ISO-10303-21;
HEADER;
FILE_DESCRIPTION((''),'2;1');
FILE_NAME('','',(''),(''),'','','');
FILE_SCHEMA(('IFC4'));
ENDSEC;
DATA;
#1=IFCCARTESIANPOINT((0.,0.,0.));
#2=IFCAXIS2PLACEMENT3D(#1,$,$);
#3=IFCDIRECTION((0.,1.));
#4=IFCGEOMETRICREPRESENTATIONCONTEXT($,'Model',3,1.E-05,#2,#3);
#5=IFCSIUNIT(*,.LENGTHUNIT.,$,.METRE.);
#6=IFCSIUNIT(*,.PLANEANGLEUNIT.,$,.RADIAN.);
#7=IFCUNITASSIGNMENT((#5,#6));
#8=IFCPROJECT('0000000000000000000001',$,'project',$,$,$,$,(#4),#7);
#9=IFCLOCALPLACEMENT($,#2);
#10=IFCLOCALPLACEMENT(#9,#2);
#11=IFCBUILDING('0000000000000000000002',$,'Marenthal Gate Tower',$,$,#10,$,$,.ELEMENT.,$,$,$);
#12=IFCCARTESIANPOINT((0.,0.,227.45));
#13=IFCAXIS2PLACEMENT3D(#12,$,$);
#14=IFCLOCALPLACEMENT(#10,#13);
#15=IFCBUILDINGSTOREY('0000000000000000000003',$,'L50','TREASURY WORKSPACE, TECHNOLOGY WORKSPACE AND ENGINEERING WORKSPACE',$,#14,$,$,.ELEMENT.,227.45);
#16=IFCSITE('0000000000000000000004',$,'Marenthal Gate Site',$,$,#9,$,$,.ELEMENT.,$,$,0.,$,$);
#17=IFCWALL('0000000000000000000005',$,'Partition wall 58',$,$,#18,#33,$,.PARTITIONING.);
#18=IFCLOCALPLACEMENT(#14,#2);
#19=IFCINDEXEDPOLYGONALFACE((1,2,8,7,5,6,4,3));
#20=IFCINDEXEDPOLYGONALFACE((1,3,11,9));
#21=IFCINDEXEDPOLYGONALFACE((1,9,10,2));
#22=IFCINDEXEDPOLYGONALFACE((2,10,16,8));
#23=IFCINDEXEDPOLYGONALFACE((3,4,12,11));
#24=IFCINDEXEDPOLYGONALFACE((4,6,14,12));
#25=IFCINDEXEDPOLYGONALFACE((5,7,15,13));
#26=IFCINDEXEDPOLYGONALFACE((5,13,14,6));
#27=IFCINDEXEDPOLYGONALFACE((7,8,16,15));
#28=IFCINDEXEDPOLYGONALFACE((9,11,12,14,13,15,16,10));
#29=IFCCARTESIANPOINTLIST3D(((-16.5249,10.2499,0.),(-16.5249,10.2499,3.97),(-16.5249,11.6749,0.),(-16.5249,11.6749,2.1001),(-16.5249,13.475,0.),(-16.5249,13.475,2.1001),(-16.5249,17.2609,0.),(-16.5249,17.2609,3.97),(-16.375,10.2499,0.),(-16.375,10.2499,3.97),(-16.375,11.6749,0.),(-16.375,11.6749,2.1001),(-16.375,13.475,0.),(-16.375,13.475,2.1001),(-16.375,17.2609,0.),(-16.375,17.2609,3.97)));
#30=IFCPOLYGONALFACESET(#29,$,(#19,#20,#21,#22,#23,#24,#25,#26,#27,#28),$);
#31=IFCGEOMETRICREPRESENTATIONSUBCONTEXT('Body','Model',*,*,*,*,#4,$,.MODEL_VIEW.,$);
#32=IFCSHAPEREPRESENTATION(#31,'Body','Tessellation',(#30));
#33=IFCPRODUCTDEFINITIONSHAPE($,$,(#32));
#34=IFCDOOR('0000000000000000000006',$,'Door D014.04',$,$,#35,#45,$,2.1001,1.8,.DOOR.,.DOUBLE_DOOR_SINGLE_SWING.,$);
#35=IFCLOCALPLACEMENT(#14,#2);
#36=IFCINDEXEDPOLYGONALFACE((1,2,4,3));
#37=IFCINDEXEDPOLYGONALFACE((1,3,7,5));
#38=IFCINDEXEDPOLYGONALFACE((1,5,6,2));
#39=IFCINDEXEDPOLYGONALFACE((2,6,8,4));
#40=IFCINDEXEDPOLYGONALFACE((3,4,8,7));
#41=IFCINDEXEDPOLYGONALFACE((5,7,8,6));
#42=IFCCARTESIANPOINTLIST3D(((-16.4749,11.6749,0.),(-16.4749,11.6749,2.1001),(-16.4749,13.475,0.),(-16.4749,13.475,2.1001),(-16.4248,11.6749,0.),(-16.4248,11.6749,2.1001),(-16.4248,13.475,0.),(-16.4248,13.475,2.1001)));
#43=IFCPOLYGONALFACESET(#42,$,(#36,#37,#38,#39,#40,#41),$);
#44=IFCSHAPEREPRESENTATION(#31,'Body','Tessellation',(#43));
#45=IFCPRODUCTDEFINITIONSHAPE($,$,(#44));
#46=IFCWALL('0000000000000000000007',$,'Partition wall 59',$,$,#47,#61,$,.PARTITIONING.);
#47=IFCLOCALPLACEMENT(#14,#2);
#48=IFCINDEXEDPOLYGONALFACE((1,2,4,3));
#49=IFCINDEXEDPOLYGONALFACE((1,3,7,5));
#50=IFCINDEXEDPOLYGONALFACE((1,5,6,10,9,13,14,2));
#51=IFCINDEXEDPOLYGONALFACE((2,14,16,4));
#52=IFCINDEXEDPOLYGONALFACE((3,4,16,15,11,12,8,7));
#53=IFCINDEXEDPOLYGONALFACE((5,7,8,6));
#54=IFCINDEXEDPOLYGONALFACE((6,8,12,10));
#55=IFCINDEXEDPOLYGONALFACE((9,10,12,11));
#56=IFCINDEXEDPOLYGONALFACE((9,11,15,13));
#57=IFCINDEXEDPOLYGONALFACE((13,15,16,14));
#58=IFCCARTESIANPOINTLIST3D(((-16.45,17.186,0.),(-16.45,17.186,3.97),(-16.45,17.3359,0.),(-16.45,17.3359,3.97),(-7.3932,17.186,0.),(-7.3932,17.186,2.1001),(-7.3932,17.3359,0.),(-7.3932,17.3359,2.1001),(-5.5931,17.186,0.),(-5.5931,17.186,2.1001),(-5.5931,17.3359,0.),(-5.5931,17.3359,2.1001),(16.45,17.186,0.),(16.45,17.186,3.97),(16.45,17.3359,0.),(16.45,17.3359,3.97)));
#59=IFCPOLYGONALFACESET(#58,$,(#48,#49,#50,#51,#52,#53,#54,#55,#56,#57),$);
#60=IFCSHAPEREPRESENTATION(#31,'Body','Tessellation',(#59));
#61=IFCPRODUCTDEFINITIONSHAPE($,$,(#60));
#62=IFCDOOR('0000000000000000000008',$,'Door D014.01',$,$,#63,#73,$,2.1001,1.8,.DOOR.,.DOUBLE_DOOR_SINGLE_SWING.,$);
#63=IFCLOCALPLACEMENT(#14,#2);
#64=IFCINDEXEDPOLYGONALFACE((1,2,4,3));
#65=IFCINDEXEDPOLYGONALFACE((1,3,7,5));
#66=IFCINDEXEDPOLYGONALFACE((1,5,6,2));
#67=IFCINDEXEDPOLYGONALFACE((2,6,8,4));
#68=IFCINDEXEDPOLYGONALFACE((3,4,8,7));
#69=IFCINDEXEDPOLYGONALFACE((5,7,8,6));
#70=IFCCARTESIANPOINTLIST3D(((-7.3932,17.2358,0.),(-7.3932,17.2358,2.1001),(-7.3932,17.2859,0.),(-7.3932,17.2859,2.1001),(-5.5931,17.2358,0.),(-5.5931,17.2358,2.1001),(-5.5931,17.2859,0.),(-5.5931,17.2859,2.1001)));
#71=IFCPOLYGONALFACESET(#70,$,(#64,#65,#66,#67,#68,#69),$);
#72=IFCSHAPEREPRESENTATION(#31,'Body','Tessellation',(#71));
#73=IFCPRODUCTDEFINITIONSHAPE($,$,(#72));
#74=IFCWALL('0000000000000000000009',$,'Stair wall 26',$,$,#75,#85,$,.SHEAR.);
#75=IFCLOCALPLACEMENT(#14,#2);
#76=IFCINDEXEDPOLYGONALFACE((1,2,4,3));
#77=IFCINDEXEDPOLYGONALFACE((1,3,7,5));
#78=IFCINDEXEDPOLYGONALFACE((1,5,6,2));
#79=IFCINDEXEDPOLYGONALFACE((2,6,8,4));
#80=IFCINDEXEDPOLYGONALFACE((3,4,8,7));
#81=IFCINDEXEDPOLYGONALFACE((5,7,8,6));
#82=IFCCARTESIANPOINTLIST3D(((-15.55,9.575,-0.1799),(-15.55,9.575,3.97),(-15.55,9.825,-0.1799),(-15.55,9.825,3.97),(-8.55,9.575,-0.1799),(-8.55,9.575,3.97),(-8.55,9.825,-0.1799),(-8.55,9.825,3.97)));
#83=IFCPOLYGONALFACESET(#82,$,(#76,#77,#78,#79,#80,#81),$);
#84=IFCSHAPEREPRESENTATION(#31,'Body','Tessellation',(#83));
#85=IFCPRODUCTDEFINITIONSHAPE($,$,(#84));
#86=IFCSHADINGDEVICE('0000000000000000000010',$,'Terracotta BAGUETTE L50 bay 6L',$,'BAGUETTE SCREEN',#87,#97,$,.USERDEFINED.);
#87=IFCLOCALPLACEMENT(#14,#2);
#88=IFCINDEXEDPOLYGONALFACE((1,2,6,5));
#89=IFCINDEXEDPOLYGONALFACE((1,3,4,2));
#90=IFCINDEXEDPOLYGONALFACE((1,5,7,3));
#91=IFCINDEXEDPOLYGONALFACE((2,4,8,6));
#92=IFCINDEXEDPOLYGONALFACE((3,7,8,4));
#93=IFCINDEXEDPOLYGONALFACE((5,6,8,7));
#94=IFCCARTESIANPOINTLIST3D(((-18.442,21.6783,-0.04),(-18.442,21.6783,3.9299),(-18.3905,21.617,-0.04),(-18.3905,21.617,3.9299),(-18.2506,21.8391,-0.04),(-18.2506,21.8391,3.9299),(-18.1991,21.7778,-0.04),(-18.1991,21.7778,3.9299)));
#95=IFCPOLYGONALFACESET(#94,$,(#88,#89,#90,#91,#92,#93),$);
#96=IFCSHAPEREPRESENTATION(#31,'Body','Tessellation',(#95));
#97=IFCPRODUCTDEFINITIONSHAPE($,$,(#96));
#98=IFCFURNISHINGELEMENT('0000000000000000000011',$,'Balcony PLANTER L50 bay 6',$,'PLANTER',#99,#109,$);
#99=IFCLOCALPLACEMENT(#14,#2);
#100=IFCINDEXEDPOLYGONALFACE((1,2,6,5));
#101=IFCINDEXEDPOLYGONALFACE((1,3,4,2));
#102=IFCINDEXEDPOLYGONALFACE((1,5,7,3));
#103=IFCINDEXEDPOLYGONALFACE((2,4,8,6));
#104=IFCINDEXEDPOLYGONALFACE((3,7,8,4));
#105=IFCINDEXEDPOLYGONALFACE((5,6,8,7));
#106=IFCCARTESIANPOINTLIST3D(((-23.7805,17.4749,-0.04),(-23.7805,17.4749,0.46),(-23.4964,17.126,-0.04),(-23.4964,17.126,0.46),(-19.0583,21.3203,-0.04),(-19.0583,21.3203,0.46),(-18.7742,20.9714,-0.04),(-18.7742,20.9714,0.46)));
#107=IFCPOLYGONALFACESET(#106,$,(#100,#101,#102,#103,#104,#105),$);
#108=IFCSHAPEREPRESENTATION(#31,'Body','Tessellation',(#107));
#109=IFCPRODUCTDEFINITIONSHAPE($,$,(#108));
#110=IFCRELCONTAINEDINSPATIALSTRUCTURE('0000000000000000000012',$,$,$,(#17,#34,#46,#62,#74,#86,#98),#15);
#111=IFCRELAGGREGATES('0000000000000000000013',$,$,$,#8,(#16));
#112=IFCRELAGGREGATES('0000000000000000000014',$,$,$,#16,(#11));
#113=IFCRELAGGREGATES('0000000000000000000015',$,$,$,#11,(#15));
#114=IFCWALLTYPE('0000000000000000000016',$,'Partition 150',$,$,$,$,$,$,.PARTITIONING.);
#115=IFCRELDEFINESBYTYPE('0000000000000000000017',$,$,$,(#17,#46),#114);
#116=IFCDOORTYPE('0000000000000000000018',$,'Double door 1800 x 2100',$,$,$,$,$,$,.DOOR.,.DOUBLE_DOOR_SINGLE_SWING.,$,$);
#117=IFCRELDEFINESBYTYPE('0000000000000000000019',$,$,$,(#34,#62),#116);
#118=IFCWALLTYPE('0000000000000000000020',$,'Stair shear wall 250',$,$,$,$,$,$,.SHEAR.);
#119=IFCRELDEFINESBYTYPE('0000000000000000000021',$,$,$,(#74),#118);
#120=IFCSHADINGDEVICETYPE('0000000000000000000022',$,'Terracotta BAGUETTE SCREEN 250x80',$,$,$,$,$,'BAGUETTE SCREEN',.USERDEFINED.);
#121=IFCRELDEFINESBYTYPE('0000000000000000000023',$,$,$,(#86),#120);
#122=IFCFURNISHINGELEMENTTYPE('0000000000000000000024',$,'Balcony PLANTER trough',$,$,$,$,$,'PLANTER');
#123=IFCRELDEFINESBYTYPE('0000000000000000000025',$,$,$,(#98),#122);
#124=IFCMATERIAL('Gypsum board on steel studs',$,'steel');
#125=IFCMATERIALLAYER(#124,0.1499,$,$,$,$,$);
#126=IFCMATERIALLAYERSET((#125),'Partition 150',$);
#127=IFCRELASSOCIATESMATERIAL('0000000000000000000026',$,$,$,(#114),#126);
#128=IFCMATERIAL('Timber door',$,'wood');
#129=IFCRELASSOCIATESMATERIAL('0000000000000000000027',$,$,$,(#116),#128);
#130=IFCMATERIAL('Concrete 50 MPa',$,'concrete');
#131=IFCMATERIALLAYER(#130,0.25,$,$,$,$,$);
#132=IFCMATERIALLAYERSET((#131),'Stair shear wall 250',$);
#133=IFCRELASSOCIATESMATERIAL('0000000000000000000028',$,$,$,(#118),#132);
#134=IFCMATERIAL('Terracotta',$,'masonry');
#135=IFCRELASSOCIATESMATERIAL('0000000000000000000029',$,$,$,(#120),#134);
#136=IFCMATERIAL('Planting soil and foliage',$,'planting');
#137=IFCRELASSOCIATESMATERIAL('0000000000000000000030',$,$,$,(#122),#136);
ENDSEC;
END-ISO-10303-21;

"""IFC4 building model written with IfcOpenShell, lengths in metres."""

from ifc_helpers import new_model, si_unit, direction, frame, frame_2d, origin, origin_2d, place, context, subcontext, project, spatial, rectangle, extrude, material, layer, layer_set, material_profile, profile_set, type_object, element, fill, save


model = new_model("IFC4")

# Units and contexts
model_context = context("Model", 3, precision=1e-05, world=origin(), true_north=direction((0.0, 1.0)))
body_context = subcontext(model_context, "Body", "Model", "MODEL_VIEW")
ifc_project = project(units=[si_unit("LENGTHUNIT", "METRE"), si_unit("PLANEANGLEUNIT", "RADIAN")], contexts=[model_context])

# Site, building, storey
site_placement = place(None, origin())
site = spatial("IfcSite", under=ifc_project, at=site_placement, Name="Marenthal Gate Site", CompositionType="ELEMENT", RefElevation=0.0)
building_placement = place(site_placement, origin())
building = spatial("IfcBuilding", under=site, at=building_placement, Name="Marenthal Gate Tower", CompositionType="ELEMENT")
storey_placement = place(building_placement, frame((0.0, 0.0, 227.45)))
storey = spatial("IfcBuildingStorey", under=building, at=storey_placement, Name="L50", Description="TREASURY WORKSPACE, TECHNOLOGY WORKSPACE AND ENGINEERING WORKSPACE", CompositionType="ELEMENT", Elevation=227.45)

# Shared definitions
ifc_material_1 = material(Name="Gypsum board on steel studs", Category="steel")
ifc_layer_1 = layer(ifc_material_1, 0.1499)
ifc_layer_set_1 = layer_set([ifc_layer_1], Name="Partition 150")
wall_type_1 = type_object("IfcWallType", Name="Partition 150", PredefinedType="PARTITIONING", material=ifc_layer_set_1)

# Walls, openings, doors
wall_1_placement = place(storey_placement, frame((-16.45, 10.25, 0.0), z_axis=(0.0, 0.0, 1.0), x_axis=(0.0, 1.0, 0.0)))
wall_1 = element("IfcWall", 1, at=wall_1_placement, inside=storey, type_object=wall_type_1, Name="Partition wall 58", PredefinedType="PARTITIONING", context=body_context, shape_type="SweptSolid", body=[
    extrude(rectangle(XDim=7.011, YDim=0.1499, at=frame_2d((3.5054, 0.0))), origin(), (0.0, 0.0, 1.0), 3.97),
])
opening_1_placement = place(wall_1_placement, frame((1.425, 0.0, 0.0)))
opening_1 = element("IfcOpeningElement", 2, at=opening_1_placement, cuts=wall_1, PredefinedType="OPENING", context=body_context, shape_type="SweptSolid", body=[
    extrude(rectangle(XDim=1.8, YDim=2.1001, at=frame_2d((0.8999, 1.05))), frame((0.0, 0.085, 0.0), z_axis=(0.0, -1.0, 0.0), x_axis=(1.0, 0.0, 0.0)), (0.0, 0.0, 1.0), 0.1699),
])
ifc_material_2 = material(Name="Timber door", Category="wood")
door_type_1 = type_object("IfcDoorType", Name="Double door 1800 x 2100", OperationType="DOUBLE_DOOR_SINGLE_SWING", PredefinedType="DOOR", material=ifc_material_2)
door_1_placement = place(opening_1_placement, origin())
door_1 = element("IfcDoor", 3, at=door_1_placement, inside=storey, type_object=door_type_1, Name="Door D014.04", OperationType="DOUBLE_DOOR_SINGLE_SWING", OverallHeight=2.1001, OverallWidth=1.8, PredefinedType="DOOR", context=body_context, shape_type="SweptSolid", body=[
    extrude(rectangle(XDim=1.8, YDim=2.1001, at=frame_2d((0.8999, 1.05))), frame((0.0, 0.0249, 0.0), z_axis=(0.0, -1.0, 0.0), x_axis=(1.0, 0.0, 0.0)), (0.0, 0.0, 1.0), 0.05),
])
fill(opening_1, door_1)
wall_2_placement = place(storey_placement, frame((-16.45, 17.261, 0.0), z_axis=(0.0, 0.0, 1.0), x_axis=(1.0, 0.0, 0.0)))
wall_2 = element("IfcWall", 4, at=wall_2_placement, inside=storey, type_object=wall_type_1, Name="Partition wall 59", PredefinedType="PARTITIONING", context=body_context, shape_type="SweptSolid", body=[
    extrude(rectangle(XDim=32.8999, YDim=0.1499, at=frame_2d((16.45, 0.0))), origin(), (0.0, 0.0, 1.0), 3.97),
])
opening_2_placement = place(wall_2_placement, frame((9.0569, 0.0, 0.0)))
opening_2 = element("IfcOpeningElement", 5, at=opening_2_placement, cuts=wall_2, PredefinedType="OPENING", context=body_context, shape_type="SweptSolid", body=[
    extrude(rectangle(XDim=1.8, YDim=2.1001, at=frame_2d((0.8999, 1.05))), frame((0.0, 0.085, 0.0), z_axis=(0.0, -1.0, 0.0), x_axis=(1.0, 0.0, 0.0)), (0.0, 0.0, 1.0), 0.1699),
])
door_2_placement = place(opening_2_placement, origin())
door_2 = element("IfcDoor", 6, at=door_2_placement, inside=storey, type_object=door_type_1, Name="Door D014.01", OperationType="DOUBLE_DOOR_SINGLE_SWING", OverallHeight=2.1001, OverallWidth=1.8, PredefinedType="DOOR", context=body_context, shape_type="SweptSolid", body=[
    extrude(rectangle(XDim=1.8, YDim=2.1001, at=frame_2d((0.8999, 1.05))), frame((0.0, 0.0249, 0.0), z_axis=(0.0, -1.0, 0.0), x_axis=(1.0, 0.0, 0.0)), (0.0, 0.0, 1.0), 0.05),
])
fill(opening_2, door_2)

# Wall
ifc_material_3 = material(Name="Concrete 50 MPa", Category="concrete")
ifc_layer_2 = layer(ifc_material_3, 0.25)
ifc_layer_set_2 = layer_set([ifc_layer_2], Name="Stair shear wall 250")
wall_type_2 = type_object("IfcWallType", Name="Stair shear wall 250", PredefinedType="SHEAR", material=ifc_layer_set_2)
wall_3_placement = place(storey_placement, frame((-15.55, 9.7, -0.1799), z_axis=(0.0, 0.0, 1.0), x_axis=(1.0, 0.0, 0.0)))
element("IfcWall", 7, at=wall_3_placement, inside=storey, type_object=wall_type_2, Name="Stair wall 26", PredefinedType="SHEAR", context=body_context, shape_type="SweptSolid", body=[
    extrude(rectangle(XDim=7.0, YDim=0.25, at=frame_2d((3.5, 0.0))), origin(), (0.0, 0.0, 1.0), 4.1499),
])

# Shading device
ifc_material_4 = material(Name="Terracotta", Category="masonry")
ifc_material_profile_1 = material_profile(ifc_material_4, rectangle(XDim=0.25, YDim=0.0801, at=origin_2d()), Name="Terracotta baguette 250x80")
ifc_profile_set_1 = profile_set([ifc_material_profile_1], Name="Terracotta")
shading_device_type = type_object("IfcShadingDeviceType", Name="Terracotta BAGUETTE SCREEN 250x80", ElementType="BAGUETTE SCREEN", PredefinedType="USERDEFINED", material=ifc_profile_set_1)
shading_device_placement = place(storey_placement, frame((-18.3206, 21.728, -0.04), z_axis=(0.0, 0.0, 1.0), x_axis=(-0.765551, -0.643375, 0.0)))
element("IfcShadingDevice", 8, at=shading_device_placement, inside=storey, type_object=shading_device_type, Name="Terracotta BAGUETTE L50 bay 6L", ObjectType="BAGUETTE SCREEN", PredefinedType="USERDEFINED", context=body_context, shape_type="SweptSolid", body=[
    extrude(rectangle(XDim=0.25, YDim=0.0801, at=origin_2d()), origin(), (0.0, 0.0, 1.0), 3.97),
])

# Furnishing element
ifc_material_5 = material(Name="Planting soil and foliage", Category="planting")
furnishing_element_type = type_object("IfcFurnishingElementType", Name="Balcony PLANTER trough", ElementType="PLANTER", material=ifc_material_5)
furnishing_placement = place(storey_placement, frame((-21.2773, 19.2231, -0.04), z_axis=(0.0, 0.0, 1.0), x_axis=(-0.775432, -0.631432, 0.0)))
element("IfcFurnishingElement", 9, at=furnishing_placement, inside=storey, type_object=furnishing_element_type, Name="Balcony PLANTER L50 bay 6", ObjectType="PLANTER", context=body_context, shape_type="SweptSolid", body=[
    extrude(rectangle(XDim=6.0898, YDim=0.45, at=origin_2d()), origin(), (0.0, 0.0, 1.0), 0.5),
])

save(model, "model.ifc")
